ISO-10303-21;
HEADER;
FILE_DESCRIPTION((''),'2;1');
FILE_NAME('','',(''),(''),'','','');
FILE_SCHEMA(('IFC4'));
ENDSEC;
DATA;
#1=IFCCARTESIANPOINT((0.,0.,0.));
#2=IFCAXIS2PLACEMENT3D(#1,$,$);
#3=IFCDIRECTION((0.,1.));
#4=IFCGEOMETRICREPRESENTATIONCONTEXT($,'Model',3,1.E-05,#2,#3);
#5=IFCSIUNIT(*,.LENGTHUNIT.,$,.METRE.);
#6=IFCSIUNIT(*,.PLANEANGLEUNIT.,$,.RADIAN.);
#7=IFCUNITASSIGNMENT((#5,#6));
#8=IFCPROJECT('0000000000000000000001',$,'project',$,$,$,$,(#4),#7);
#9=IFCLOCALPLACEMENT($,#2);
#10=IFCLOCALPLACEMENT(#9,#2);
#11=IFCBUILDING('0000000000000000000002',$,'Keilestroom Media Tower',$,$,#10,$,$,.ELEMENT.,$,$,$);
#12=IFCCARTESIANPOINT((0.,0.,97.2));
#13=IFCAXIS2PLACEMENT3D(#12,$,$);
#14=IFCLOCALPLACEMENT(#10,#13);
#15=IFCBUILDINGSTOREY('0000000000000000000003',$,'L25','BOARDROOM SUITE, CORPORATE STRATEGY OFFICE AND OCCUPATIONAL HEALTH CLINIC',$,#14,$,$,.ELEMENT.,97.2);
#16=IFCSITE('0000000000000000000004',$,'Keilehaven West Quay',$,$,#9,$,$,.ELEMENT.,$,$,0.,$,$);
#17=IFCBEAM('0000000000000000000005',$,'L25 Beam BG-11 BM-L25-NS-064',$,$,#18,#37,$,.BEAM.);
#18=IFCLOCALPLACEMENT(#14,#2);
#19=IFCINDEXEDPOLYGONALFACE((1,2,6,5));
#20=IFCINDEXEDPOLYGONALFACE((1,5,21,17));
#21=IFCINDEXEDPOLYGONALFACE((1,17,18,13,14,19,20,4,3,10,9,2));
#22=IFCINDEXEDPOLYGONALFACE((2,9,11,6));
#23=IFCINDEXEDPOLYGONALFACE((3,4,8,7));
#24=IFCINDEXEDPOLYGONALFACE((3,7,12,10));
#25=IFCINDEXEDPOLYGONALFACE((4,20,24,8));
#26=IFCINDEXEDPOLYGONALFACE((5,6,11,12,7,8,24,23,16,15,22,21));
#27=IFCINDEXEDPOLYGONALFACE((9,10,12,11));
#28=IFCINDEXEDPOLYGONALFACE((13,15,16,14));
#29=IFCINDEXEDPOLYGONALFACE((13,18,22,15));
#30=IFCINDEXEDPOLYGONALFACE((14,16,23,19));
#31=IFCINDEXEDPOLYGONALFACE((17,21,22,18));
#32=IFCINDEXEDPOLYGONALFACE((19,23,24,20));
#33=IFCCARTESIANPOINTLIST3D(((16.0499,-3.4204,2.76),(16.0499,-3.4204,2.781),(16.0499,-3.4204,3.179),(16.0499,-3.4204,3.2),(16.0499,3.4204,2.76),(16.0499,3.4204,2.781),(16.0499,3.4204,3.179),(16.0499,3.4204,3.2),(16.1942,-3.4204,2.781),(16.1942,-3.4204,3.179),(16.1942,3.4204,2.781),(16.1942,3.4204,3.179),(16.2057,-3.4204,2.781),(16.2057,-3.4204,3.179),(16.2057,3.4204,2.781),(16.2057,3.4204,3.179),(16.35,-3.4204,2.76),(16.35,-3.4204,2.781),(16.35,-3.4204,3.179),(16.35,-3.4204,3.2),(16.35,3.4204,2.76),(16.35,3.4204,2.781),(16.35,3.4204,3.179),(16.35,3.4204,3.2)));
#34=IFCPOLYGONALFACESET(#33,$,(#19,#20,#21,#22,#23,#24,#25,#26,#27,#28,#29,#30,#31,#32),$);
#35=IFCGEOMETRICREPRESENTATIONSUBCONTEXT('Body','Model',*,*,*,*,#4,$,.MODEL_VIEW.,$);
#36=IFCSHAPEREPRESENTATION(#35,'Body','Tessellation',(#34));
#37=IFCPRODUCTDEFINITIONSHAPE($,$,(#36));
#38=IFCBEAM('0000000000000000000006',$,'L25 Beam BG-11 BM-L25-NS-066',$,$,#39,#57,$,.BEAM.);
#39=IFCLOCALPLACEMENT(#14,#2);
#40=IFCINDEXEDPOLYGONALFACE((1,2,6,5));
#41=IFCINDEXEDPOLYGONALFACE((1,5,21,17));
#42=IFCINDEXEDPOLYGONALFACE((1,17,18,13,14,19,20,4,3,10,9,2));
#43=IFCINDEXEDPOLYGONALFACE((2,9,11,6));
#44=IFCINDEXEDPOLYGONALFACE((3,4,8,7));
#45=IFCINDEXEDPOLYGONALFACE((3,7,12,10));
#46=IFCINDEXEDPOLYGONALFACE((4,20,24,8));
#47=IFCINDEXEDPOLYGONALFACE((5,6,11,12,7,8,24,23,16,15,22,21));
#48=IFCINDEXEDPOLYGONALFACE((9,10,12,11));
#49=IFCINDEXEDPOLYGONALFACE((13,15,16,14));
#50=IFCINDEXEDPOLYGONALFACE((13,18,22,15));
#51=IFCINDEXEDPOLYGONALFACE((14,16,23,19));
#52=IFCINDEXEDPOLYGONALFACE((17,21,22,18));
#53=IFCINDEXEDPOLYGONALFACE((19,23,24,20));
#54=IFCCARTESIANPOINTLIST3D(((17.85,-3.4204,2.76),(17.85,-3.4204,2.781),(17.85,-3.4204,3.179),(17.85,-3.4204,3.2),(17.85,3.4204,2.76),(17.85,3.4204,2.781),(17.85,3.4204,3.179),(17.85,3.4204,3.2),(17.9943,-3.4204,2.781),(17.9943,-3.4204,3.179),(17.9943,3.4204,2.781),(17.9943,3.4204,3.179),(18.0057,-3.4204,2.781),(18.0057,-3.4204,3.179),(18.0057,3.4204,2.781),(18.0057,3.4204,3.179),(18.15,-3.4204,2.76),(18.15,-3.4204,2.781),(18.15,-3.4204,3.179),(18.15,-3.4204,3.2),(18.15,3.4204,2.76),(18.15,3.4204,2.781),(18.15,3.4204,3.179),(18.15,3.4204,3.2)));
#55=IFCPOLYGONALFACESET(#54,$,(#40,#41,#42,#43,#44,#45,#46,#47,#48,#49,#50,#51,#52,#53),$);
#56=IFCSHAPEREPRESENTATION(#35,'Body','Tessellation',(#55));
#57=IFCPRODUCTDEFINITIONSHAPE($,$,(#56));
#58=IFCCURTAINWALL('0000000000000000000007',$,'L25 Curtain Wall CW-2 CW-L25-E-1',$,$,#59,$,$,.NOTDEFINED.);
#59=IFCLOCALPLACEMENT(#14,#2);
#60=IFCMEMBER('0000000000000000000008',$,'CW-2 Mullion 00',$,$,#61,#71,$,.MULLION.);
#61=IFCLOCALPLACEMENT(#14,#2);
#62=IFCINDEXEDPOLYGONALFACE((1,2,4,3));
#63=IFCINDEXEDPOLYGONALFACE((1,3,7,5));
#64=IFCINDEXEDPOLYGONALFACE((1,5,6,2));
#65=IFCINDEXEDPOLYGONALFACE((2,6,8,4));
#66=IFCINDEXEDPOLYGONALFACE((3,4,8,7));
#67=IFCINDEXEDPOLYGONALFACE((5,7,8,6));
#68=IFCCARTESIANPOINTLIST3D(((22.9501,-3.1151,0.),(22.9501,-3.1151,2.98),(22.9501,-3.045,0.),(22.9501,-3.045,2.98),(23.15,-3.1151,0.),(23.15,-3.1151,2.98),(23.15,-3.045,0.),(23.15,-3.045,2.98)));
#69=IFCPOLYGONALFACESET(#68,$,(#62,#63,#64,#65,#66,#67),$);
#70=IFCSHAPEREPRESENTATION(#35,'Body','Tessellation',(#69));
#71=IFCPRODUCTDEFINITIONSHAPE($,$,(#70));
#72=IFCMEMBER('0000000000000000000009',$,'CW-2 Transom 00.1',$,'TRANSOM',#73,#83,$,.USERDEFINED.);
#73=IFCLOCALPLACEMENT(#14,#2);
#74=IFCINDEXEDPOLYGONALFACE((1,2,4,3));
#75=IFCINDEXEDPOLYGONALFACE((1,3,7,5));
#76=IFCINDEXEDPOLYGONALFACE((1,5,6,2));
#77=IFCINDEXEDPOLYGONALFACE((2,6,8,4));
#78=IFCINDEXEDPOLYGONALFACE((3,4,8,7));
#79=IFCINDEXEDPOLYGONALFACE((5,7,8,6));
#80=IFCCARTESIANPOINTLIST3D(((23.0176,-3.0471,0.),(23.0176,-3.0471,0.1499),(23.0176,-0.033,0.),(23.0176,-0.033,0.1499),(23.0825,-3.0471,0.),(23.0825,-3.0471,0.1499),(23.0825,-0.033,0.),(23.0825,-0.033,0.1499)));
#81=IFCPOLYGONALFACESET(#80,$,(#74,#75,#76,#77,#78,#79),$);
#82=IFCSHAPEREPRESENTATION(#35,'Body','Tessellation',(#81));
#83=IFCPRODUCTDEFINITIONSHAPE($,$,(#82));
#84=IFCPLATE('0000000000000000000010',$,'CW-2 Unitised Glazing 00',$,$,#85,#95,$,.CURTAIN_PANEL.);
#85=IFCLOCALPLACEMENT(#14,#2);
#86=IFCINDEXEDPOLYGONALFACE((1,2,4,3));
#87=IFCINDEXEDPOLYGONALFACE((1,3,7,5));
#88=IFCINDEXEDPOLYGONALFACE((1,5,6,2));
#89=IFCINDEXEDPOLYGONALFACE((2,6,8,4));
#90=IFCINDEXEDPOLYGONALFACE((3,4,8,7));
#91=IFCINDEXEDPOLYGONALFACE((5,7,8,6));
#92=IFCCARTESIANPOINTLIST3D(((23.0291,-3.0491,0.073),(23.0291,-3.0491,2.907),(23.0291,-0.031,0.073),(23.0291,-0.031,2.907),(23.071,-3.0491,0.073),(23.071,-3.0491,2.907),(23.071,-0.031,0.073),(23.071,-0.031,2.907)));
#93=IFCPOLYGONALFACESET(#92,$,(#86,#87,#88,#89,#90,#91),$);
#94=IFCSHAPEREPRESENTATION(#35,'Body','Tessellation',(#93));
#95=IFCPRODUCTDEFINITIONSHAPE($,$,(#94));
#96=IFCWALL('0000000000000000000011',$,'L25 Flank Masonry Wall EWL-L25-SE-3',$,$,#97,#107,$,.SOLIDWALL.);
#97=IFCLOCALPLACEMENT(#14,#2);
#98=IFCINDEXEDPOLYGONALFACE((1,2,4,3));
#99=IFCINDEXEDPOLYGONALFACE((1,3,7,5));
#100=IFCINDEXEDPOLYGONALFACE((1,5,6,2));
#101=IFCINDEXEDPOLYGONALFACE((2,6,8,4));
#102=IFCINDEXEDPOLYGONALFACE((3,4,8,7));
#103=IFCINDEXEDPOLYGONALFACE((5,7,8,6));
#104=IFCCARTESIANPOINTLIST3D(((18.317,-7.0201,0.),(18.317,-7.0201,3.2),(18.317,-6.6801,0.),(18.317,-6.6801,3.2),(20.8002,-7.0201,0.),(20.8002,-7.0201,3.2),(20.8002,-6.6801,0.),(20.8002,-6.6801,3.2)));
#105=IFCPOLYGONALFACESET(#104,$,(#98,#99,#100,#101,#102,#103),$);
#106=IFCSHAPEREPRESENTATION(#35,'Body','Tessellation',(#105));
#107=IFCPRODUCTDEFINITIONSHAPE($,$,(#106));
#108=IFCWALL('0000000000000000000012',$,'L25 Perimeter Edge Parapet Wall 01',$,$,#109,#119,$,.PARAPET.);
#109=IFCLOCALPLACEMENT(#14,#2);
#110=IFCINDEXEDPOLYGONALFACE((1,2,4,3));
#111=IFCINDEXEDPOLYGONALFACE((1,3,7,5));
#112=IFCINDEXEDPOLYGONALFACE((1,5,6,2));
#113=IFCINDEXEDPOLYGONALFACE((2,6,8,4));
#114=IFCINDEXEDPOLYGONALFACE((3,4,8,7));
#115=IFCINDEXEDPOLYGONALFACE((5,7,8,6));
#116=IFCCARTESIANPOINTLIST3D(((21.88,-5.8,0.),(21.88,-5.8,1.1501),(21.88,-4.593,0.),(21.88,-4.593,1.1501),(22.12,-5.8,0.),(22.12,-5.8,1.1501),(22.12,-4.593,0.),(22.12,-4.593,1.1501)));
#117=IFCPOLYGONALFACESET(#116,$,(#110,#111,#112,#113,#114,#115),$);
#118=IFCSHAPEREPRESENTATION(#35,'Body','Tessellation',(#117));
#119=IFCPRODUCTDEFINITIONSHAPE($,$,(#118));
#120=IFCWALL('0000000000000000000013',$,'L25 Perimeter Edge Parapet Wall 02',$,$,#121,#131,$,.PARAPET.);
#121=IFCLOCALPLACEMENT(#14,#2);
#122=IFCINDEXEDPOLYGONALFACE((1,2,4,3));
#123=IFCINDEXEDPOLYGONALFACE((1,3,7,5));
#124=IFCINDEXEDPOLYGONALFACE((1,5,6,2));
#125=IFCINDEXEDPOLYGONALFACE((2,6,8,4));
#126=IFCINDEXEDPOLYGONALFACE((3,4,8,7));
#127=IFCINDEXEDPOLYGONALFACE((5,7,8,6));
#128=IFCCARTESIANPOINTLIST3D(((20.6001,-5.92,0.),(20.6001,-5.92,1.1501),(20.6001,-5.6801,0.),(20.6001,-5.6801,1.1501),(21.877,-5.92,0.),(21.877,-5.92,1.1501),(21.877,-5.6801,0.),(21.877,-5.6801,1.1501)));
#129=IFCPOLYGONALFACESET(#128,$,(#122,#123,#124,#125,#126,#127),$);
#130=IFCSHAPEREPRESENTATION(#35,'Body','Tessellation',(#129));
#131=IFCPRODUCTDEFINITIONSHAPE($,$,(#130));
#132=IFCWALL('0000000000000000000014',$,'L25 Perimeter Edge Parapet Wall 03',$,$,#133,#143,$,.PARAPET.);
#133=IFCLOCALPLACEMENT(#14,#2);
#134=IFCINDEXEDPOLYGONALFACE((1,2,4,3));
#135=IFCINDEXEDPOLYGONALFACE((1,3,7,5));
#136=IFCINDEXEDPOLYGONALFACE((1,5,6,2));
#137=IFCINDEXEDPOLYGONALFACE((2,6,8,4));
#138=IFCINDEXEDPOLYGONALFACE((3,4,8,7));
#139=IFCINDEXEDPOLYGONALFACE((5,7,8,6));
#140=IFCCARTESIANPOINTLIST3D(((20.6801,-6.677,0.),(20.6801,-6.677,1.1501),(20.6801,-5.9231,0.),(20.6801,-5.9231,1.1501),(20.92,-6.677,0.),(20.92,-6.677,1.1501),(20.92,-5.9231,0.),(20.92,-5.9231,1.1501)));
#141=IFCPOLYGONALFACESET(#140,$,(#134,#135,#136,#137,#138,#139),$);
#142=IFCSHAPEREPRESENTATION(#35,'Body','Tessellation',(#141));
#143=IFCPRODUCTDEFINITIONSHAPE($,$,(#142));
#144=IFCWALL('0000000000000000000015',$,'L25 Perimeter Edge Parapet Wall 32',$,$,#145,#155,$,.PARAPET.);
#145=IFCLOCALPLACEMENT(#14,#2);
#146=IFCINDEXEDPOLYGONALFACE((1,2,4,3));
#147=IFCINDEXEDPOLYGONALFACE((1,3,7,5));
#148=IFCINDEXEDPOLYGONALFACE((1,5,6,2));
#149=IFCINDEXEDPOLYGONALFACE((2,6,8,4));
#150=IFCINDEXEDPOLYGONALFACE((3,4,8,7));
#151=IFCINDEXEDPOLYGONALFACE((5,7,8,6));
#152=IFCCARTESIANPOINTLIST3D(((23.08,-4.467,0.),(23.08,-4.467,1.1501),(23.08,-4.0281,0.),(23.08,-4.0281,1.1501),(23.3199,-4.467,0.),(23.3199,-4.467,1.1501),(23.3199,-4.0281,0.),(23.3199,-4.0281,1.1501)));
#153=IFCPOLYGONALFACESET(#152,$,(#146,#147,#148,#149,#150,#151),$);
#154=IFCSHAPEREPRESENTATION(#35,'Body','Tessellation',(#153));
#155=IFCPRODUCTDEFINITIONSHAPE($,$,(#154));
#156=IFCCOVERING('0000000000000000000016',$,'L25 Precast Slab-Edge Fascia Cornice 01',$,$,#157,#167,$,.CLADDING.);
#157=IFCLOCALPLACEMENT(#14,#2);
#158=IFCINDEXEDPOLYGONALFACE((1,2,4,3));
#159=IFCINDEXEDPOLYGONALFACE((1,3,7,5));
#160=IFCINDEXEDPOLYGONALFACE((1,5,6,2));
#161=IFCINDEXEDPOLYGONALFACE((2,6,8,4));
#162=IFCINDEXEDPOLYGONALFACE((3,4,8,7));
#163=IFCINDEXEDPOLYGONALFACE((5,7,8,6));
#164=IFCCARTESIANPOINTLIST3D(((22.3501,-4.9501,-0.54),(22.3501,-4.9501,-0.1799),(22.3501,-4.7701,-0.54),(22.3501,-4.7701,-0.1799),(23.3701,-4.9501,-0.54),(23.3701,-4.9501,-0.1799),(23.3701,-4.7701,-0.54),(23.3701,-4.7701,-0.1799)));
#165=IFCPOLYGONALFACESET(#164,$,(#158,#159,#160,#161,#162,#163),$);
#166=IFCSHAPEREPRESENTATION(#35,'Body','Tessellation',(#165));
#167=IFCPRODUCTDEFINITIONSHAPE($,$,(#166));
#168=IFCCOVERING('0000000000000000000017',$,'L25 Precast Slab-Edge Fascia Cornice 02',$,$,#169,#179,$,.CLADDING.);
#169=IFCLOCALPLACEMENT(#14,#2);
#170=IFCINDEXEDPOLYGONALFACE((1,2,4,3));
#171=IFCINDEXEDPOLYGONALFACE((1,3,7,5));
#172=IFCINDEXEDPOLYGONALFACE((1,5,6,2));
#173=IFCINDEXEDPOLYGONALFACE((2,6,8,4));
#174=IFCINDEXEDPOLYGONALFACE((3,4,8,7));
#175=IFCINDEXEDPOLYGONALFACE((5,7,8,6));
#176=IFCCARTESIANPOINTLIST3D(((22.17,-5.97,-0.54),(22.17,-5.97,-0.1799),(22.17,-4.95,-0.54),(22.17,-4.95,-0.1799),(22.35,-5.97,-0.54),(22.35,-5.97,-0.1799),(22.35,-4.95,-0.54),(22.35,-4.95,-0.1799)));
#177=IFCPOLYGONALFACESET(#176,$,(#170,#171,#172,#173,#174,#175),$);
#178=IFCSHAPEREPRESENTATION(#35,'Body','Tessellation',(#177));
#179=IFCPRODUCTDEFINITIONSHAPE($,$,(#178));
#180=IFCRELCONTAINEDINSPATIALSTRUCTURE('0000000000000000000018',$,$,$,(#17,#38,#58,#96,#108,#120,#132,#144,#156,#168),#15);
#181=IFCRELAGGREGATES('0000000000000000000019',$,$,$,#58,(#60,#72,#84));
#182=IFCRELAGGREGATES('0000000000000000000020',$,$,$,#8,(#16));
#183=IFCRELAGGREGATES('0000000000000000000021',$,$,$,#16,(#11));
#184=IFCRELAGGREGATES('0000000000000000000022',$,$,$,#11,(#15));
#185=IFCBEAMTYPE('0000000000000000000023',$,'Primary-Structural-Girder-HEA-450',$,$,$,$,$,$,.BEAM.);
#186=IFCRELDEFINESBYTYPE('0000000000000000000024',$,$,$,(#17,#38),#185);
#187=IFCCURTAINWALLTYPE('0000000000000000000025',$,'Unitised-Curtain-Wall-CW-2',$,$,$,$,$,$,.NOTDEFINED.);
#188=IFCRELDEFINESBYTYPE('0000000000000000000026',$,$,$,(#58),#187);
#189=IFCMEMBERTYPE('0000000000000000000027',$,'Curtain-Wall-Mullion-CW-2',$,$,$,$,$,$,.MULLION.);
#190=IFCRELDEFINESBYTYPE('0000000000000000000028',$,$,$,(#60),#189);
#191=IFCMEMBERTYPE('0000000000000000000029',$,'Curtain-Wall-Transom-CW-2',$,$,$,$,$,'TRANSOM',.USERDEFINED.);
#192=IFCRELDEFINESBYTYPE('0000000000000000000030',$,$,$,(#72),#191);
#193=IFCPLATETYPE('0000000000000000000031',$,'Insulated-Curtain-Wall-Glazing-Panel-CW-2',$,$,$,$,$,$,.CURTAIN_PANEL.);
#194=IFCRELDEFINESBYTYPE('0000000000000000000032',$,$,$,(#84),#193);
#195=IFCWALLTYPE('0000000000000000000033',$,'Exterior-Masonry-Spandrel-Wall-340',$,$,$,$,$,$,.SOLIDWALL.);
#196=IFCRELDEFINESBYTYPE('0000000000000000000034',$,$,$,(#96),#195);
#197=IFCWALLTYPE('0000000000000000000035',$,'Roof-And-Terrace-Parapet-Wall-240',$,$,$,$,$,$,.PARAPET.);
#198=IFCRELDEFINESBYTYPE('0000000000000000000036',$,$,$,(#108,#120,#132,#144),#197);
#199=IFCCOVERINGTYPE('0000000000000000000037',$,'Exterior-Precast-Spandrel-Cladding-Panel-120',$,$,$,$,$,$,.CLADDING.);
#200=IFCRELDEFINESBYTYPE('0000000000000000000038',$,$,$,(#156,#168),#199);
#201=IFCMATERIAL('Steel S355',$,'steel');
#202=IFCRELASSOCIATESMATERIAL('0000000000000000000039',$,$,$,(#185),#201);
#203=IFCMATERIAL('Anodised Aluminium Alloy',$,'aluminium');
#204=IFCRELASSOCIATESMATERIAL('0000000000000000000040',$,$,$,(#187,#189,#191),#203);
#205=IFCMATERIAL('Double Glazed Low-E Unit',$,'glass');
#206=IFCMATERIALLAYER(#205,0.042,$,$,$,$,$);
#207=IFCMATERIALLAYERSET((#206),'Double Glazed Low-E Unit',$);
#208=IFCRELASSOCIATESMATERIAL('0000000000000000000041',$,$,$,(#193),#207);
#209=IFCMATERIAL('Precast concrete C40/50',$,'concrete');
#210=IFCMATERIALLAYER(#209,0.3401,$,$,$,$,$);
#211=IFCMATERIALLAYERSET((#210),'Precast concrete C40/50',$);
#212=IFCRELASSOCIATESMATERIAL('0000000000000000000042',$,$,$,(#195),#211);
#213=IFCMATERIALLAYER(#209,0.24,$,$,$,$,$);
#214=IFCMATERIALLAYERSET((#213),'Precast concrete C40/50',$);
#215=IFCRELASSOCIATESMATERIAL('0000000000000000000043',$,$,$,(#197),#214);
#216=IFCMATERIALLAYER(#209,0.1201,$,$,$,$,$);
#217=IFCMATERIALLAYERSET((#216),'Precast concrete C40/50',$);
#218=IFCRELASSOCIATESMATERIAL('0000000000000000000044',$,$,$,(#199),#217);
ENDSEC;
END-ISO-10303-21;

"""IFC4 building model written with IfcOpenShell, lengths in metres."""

from ifc_helpers import new_model, si_unit, direction, frame, frame_2d, origin, origin_2d, place, context, subcontext, project, spatial, rectangle, i_section, extrude, source, transform, mapped, material, layer, layer_set, material_profile, profile_set, type_object, element, aggregate, save


model = new_model("IFC4")

# Units and contexts
model_context = context("Model", 3, precision=1e-05, world=origin(), true_north=direction((0.0, 1.0)))
body_context = subcontext(model_context, "Body", "Model", "MODEL_VIEW")
ifc_project = project(units=[si_unit("LENGTHUNIT", "METRE"), si_unit("PLANEANGLEUNIT", "RADIAN")], contexts=[model_context])

# Site, building, storey
site_placement = place(None, origin())
site = spatial("IfcSite", under=ifc_project, at=site_placement, Name="Keilehaven West Quay", CompositionType="ELEMENT", RefElevation=0.0)
building_placement = place(site_placement, origin())
building = spatial("IfcBuilding", under=site, at=building_placement, Name="Keilestroom Media Tower", CompositionType="ELEMENT")
storey_placement = place(building_placement, frame((0.0, 0.0, 97.2)))
storey = spatial("IfcBuildingStorey", under=building, at=storey_placement, Name="L25", Description="BOARDROOM SUITE, CORPORATE STRATEGY OFFICE AND OCCUPATIONAL HEALTH CLINIC", CompositionType="ELEMENT", Elevation=97.2)

# Shared definitions
ifc_material_1 = material(Name="Precast concrete C40/50", Category="concrete")
ifc_material_2 = material(Name="Steel S355", Category="steel")

# Beams
ifc_material_profile_1 = material_profile(ifc_material_2, i_section(OverallWidth=0.3, OverallDepth=0.4399, WebThickness=0.0115, FlangeThickness=0.021, at=origin_2d()), Name="HEA 450")
ifc_profile_set_1 = profile_set([ifc_material_profile_1], Name="Steel S355")
beam_type_1 = type_object("IfcBeamType", Name="Primary-Structural-Girder-HEA-450", PredefinedType="BEAM", material=ifc_profile_set_1)
shared_shape_1 = source(origin(), body_context, "Body", "SweptSolid", [
    extrude(i_section(OverallWidth=0.3, OverallDepth=0.4399, WebThickness=0.0115, FlangeThickness=0.021, at=origin_2d()), origin(), (0.0, 0.0, 1.0), 6.8408),
])
for number, where, z_axis, x_axis, name in (
    (1, (16.2, -3.4204, 2.98), (0.0, 1.0, 0.0), (-1.0, 0.0, 0.0), "L25 Beam BG-11 BM-L25-NS-064"),
    (2, (18.0, -3.4204, 2.98), (0.0, 1.0, 0.0), (-1.0, 0.0, 0.0), "L25 Beam BG-11 BM-L25-NS-066"),
):
    element("IfcBeam", number, at=place(storey_placement, frame(where, z_axis=z_axis, x_axis=x_axis)), inside=storey, type_object=beam_type_1, Name=name, PredefinedType="BEAM", context=body_context, shape_type="MappedRepresentation", body=[
        mapped(shared_shape_1, transform((0.0, 0.0, 0.0), x_axis=(1.0, 0.0, 0.0), y_axis=(0.0, 1.0, 0.0), z_axis=(0.0, 0.0, 1.0), scale=1.0)),
    ])

# Curtain wall, members, plate
ifc_material_3 = material(Name="Anodised Aluminium Alloy", Category="aluminium")
curtain_wall_type = type_object("IfcCurtainWallType", Name="Unitised-Curtain-Wall-CW-2", PredefinedType="NOTDEFINED", material=ifc_material_3)
curtain_wall_placement = place(storey_placement, origin())
curtain_wall = element("IfcCurtainWall", 3, at=curtain_wall_placement, inside=storey, type_object=curtain_wall_type, Name="L25 Curtain Wall CW-2 CW-L25-E-1", PredefinedType="NOTDEFINED")
ifc_material_profile_2 = material_profile(ifc_material_3, rectangle(XDim=0.0701, YDim=0.2, at=origin_2d()), Name="ALU MULLION 70x200")
ifc_profile_set_2 = profile_set([ifc_material_profile_2], Name="Anodised Aluminium Alloy")
member_type_1 = type_object("IfcMemberType", Name="Curtain-Wall-Mullion-CW-2", PredefinedType="MULLION", material=ifc_profile_set_2)
shared_shape_2 = source(origin(), body_context, "Body", "SweptSolid", [
    extrude(rectangle(XDim=0.0701, YDim=0.2, at=origin_2d()), origin(), (0.0, 0.0, 1.0), 2.98),
])
member_1_placement = place(storey_placement, frame((23.05, -3.0801, 0.0), z_axis=(0.0, 0.0, 1.0), x_axis=(0.0, 1.0, 0.0)))
member_1 = element("IfcMember", 4, at=member_1_placement, type_object=member_type_1, Name="CW-2 Mullion 00", PredefinedType="MULLION", context=body_context, shape_type="MappedRepresentation", body=[
    mapped(shared_shape_2, transform((0.0, 0.0, 0.0), x_axis=(1.0, 0.0, 0.0), y_axis=(0.0, 1.0, 0.0), z_axis=(0.0, 0.0, 1.0), scale=1.0)),
])
ifc_material_profile_3 = material_profile(ifc_material_3, rectangle(XDim=0.0649, YDim=0.1499, at=origin_2d()), Name="ALU TRANSOM 65x150")
ifc_profile_set_3 = profile_set([ifc_material_profile_3], Name="Anodised Aluminium Alloy")
member_type_2 = type_object("IfcMemberType", Name="Curtain-Wall-Transom-CW-2", ElementType="TRANSOM", PredefinedType="USERDEFINED", material=ifc_profile_set_3)
shared_shape_3 = source(origin(), body_context, "Body", "SweptSolid", [
    extrude(rectangle(XDim=0.0649, YDim=0.1499, at=origin_2d()), origin(), (0.0, 0.0, 1.0), 3.0142),
])
member_2_placement = place(storey_placement, frame((23.05, -3.0471, 0.075), z_axis=(0.0, 1.0, 0.0), x_axis=(-1.0, 0.0, 0.0)))
member_2 = element("IfcMember", 5, at=member_2_placement, type_object=member_type_2, Name="CW-2 Transom 00.1", ObjectType="TRANSOM", PredefinedType="USERDEFINED", context=body_context, shape_type="MappedRepresentation", body=[
    mapped(shared_shape_3, transform((0.0, 0.0, 0.0), x_axis=(1.0, 0.0, 0.0), y_axis=(0.0, 1.0, 0.0), z_axis=(0.0, 0.0, 1.0), scale=1.0)),
])
ifc_material_4 = material(Name="Double Glazed Low-E Unit", Category="glass")
ifc_layer_1 = layer(ifc_material_4, 0.042)
ifc_layer_set_1 = layer_set([ifc_layer_1], Name="Double Glazed Low-E Unit")
plate_type = type_object("IfcPlateType", Name="Insulated-Curtain-Wall-Glazing-Panel-CW-2", PredefinedType="CURTAIN_PANEL", material=ifc_layer_set_1)
shared_shape_4 = source(origin(), body_context, "Body", "SweptSolid", [
    extrude(rectangle(XDim=3.0181, YDim=0.042, at=origin_2d()), origin(), (0.0, 0.0, 1.0), 2.834),
])
plate_placement = place(storey_placement, frame((23.05, -1.54, 0.073), z_axis=(0.0, 0.0, 1.0), x_axis=(0.0, 1.0, 0.0)))
plate = element("IfcPlate", 6, at=plate_placement, type_object=plate_type, Name="CW-2 Unitised Glazing 00", PredefinedType="CURTAIN_PANEL", context=body_context, shape_type="MappedRepresentation", body=[
    mapped(shared_shape_4, transform((0.0, 0.0, 0.0), x_axis=(1.0, 0.0, 0.0), y_axis=(0.0, 1.0, 0.0), z_axis=(0.0, 0.0, 1.0), scale=1.0)),
])
aggregate(curtain_wall, [member_1, member_2, plate])

# Walls
ifc_layer_2 = layer(ifc_material_1, 0.3401)
ifc_layer_set_2 = layer_set([ifc_layer_2], Name="Precast concrete C40/50")
wall_type_1 = type_object("IfcWallType", Name="Exterior-Masonry-Spandrel-Wall-340", PredefinedType="SOLIDWALL", material=ifc_layer_set_2)
wall_1_placement = place(storey_placement, frame((18.3169, -6.8501, 0.0), z_axis=(0.0, 0.0, 1.0), x_axis=(1.0, 0.0, 0.0)))
element("IfcWall", 7, at=wall_1_placement, inside=storey, type_object=wall_type_1, Name="L25 Flank Masonry Wall EWL-L25-SE-3", PredefinedType="SOLIDWALL", context=body_context, shape_type="SweptSolid", body=[
    extrude(rectangle(XDim=2.4832, YDim=0.3401, at=frame_2d((1.2417, 0.0))), origin(), (0.0, 0.0, 1.0), 3.2),
])
ifc_layer_3 = layer(ifc_material_1, 0.24)
ifc_layer_set_3 = layer_set([ifc_layer_3], Name="Precast concrete C40/50")
wall_type_2 = type_object("IfcWallType", Name="Roof-And-Terrace-Parapet-Wall-240", PredefinedType="PARAPET", material=ifc_layer_set_3)
wall_2_placement = place(storey_placement, frame((22.0, -4.593, 0.0), z_axis=(0.0, 0.0, 1.0), x_axis=(0.0, -1.0, 0.0)))
element("IfcWall", 8, at=wall_2_placement, inside=storey, type_object=wall_type_2, Name="L25 Perimeter Edge Parapet Wall 01", PredefinedType="PARAPET", context=body_context, shape_type="SweptSolid", body=[
    extrude(rectangle(XDim=1.207, YDim=0.24, at=frame_2d((0.6035, 0.0))), origin(), (0.0, 0.0, 1.0), 1.1501),
])
wall_3_placement = place(storey_placement, frame((21.877, -5.8, 0.0), z_axis=(0.0, 0.0, 1.0), x_axis=(-1.0, 0.0, 0.0)))
element("IfcWall", 9, at=wall_3_placement, inside=storey, type_object=wall_type_2, Name="L25 Perimeter Edge Parapet Wall 02", PredefinedType="PARAPET", context=body_context, shape_type="SweptSolid", body=[
    extrude(rectangle(XDim=1.2769, YDim=0.24, at=frame_2d((0.6384, 0.0))), origin(), (0.0, 0.0, 1.0), 1.1501),
])
wall_4_placement = place(storey_placement, frame((20.8, -5.9231, 0.0), z_axis=(0.0, 0.0, 1.0), x_axis=(0.0, -1.0, 0.0)))
element("IfcWall", 10, at=wall_4_placement, inside=storey, type_object=wall_type_2, Name="L25 Perimeter Edge Parapet Wall 03", PredefinedType="PARAPET", context=body_context, shape_type="SweptSolid", body=[
    extrude(rectangle(XDim=0.7539, YDim=0.24, at=frame_2d((0.377, 0.0))), origin(), (0.0, 0.0, 1.0), 1.1501),
])
wall_5_placement = place(storey_placement, frame((23.2, -4.0281, 0.0), z_axis=(0.0, 0.0, 1.0), x_axis=(0.0, -1.0, 0.0)))
element("IfcWall", 11, at=wall_5_placement, inside=storey, type_object=wall_type_2, Name="L25 Perimeter Edge Parapet Wall 32", PredefinedType="PARAPET", context=body_context, shape_type="SweptSolid", body=[
    extrude(rectangle(XDim=0.439, YDim=0.24, at=frame_2d((0.2195, 0.0))), origin(), (0.0, 0.0, 1.0), 1.1501),
])

# Coverings
ifc_layer_4 = layer(ifc_material_1, 0.1201)
ifc_layer_set_4 = layer_set([ifc_layer_4], Name="Precast concrete C40/50")
covering_type = type_object("IfcCoveringType", Name="Exterior-Precast-Spandrel-Cladding-Panel-120", PredefinedType="CLADDING", material=ifc_layer_set_4)
shared_shape_5 = source(origin(), body_context, "Body", "SweptSolid", [
    extrude(rectangle(XDim=1.02, YDim=0.1799, at=origin_2d()), origin(), (0.0, 0.0, 1.0), 0.3601),
])
for number, where, z_axis, x_axis, name in (
    (12, (22.8601, -4.8601, -0.54), (0.0, 0.0, 1.0), (-1.0, 0.0, 0.0), "L25 Precast Slab-Edge Fascia Cornice 01"),
    (13, (22.26, -5.46, -0.54), (0.0, 0.0, 1.0), (0.0, -1.0, 0.0), "L25 Precast Slab-Edge Fascia Cornice 02"),
):
    element("IfcCovering", number, at=place(storey_placement, frame(where, z_axis=z_axis, x_axis=x_axis)), inside=storey, type_object=covering_type, Name=name, PredefinedType="CLADDING", context=body_context, shape_type="MappedRepresentation", body=[
        mapped(shared_shape_5, transform((0.0, 0.0, 0.0), x_axis=(1.0, 0.0, 0.0), y_axis=(0.0, 1.0, 0.0), z_axis=(0.0, 0.0, 1.0), scale=1.0)),
    ])

save(model, "model.ifc")
